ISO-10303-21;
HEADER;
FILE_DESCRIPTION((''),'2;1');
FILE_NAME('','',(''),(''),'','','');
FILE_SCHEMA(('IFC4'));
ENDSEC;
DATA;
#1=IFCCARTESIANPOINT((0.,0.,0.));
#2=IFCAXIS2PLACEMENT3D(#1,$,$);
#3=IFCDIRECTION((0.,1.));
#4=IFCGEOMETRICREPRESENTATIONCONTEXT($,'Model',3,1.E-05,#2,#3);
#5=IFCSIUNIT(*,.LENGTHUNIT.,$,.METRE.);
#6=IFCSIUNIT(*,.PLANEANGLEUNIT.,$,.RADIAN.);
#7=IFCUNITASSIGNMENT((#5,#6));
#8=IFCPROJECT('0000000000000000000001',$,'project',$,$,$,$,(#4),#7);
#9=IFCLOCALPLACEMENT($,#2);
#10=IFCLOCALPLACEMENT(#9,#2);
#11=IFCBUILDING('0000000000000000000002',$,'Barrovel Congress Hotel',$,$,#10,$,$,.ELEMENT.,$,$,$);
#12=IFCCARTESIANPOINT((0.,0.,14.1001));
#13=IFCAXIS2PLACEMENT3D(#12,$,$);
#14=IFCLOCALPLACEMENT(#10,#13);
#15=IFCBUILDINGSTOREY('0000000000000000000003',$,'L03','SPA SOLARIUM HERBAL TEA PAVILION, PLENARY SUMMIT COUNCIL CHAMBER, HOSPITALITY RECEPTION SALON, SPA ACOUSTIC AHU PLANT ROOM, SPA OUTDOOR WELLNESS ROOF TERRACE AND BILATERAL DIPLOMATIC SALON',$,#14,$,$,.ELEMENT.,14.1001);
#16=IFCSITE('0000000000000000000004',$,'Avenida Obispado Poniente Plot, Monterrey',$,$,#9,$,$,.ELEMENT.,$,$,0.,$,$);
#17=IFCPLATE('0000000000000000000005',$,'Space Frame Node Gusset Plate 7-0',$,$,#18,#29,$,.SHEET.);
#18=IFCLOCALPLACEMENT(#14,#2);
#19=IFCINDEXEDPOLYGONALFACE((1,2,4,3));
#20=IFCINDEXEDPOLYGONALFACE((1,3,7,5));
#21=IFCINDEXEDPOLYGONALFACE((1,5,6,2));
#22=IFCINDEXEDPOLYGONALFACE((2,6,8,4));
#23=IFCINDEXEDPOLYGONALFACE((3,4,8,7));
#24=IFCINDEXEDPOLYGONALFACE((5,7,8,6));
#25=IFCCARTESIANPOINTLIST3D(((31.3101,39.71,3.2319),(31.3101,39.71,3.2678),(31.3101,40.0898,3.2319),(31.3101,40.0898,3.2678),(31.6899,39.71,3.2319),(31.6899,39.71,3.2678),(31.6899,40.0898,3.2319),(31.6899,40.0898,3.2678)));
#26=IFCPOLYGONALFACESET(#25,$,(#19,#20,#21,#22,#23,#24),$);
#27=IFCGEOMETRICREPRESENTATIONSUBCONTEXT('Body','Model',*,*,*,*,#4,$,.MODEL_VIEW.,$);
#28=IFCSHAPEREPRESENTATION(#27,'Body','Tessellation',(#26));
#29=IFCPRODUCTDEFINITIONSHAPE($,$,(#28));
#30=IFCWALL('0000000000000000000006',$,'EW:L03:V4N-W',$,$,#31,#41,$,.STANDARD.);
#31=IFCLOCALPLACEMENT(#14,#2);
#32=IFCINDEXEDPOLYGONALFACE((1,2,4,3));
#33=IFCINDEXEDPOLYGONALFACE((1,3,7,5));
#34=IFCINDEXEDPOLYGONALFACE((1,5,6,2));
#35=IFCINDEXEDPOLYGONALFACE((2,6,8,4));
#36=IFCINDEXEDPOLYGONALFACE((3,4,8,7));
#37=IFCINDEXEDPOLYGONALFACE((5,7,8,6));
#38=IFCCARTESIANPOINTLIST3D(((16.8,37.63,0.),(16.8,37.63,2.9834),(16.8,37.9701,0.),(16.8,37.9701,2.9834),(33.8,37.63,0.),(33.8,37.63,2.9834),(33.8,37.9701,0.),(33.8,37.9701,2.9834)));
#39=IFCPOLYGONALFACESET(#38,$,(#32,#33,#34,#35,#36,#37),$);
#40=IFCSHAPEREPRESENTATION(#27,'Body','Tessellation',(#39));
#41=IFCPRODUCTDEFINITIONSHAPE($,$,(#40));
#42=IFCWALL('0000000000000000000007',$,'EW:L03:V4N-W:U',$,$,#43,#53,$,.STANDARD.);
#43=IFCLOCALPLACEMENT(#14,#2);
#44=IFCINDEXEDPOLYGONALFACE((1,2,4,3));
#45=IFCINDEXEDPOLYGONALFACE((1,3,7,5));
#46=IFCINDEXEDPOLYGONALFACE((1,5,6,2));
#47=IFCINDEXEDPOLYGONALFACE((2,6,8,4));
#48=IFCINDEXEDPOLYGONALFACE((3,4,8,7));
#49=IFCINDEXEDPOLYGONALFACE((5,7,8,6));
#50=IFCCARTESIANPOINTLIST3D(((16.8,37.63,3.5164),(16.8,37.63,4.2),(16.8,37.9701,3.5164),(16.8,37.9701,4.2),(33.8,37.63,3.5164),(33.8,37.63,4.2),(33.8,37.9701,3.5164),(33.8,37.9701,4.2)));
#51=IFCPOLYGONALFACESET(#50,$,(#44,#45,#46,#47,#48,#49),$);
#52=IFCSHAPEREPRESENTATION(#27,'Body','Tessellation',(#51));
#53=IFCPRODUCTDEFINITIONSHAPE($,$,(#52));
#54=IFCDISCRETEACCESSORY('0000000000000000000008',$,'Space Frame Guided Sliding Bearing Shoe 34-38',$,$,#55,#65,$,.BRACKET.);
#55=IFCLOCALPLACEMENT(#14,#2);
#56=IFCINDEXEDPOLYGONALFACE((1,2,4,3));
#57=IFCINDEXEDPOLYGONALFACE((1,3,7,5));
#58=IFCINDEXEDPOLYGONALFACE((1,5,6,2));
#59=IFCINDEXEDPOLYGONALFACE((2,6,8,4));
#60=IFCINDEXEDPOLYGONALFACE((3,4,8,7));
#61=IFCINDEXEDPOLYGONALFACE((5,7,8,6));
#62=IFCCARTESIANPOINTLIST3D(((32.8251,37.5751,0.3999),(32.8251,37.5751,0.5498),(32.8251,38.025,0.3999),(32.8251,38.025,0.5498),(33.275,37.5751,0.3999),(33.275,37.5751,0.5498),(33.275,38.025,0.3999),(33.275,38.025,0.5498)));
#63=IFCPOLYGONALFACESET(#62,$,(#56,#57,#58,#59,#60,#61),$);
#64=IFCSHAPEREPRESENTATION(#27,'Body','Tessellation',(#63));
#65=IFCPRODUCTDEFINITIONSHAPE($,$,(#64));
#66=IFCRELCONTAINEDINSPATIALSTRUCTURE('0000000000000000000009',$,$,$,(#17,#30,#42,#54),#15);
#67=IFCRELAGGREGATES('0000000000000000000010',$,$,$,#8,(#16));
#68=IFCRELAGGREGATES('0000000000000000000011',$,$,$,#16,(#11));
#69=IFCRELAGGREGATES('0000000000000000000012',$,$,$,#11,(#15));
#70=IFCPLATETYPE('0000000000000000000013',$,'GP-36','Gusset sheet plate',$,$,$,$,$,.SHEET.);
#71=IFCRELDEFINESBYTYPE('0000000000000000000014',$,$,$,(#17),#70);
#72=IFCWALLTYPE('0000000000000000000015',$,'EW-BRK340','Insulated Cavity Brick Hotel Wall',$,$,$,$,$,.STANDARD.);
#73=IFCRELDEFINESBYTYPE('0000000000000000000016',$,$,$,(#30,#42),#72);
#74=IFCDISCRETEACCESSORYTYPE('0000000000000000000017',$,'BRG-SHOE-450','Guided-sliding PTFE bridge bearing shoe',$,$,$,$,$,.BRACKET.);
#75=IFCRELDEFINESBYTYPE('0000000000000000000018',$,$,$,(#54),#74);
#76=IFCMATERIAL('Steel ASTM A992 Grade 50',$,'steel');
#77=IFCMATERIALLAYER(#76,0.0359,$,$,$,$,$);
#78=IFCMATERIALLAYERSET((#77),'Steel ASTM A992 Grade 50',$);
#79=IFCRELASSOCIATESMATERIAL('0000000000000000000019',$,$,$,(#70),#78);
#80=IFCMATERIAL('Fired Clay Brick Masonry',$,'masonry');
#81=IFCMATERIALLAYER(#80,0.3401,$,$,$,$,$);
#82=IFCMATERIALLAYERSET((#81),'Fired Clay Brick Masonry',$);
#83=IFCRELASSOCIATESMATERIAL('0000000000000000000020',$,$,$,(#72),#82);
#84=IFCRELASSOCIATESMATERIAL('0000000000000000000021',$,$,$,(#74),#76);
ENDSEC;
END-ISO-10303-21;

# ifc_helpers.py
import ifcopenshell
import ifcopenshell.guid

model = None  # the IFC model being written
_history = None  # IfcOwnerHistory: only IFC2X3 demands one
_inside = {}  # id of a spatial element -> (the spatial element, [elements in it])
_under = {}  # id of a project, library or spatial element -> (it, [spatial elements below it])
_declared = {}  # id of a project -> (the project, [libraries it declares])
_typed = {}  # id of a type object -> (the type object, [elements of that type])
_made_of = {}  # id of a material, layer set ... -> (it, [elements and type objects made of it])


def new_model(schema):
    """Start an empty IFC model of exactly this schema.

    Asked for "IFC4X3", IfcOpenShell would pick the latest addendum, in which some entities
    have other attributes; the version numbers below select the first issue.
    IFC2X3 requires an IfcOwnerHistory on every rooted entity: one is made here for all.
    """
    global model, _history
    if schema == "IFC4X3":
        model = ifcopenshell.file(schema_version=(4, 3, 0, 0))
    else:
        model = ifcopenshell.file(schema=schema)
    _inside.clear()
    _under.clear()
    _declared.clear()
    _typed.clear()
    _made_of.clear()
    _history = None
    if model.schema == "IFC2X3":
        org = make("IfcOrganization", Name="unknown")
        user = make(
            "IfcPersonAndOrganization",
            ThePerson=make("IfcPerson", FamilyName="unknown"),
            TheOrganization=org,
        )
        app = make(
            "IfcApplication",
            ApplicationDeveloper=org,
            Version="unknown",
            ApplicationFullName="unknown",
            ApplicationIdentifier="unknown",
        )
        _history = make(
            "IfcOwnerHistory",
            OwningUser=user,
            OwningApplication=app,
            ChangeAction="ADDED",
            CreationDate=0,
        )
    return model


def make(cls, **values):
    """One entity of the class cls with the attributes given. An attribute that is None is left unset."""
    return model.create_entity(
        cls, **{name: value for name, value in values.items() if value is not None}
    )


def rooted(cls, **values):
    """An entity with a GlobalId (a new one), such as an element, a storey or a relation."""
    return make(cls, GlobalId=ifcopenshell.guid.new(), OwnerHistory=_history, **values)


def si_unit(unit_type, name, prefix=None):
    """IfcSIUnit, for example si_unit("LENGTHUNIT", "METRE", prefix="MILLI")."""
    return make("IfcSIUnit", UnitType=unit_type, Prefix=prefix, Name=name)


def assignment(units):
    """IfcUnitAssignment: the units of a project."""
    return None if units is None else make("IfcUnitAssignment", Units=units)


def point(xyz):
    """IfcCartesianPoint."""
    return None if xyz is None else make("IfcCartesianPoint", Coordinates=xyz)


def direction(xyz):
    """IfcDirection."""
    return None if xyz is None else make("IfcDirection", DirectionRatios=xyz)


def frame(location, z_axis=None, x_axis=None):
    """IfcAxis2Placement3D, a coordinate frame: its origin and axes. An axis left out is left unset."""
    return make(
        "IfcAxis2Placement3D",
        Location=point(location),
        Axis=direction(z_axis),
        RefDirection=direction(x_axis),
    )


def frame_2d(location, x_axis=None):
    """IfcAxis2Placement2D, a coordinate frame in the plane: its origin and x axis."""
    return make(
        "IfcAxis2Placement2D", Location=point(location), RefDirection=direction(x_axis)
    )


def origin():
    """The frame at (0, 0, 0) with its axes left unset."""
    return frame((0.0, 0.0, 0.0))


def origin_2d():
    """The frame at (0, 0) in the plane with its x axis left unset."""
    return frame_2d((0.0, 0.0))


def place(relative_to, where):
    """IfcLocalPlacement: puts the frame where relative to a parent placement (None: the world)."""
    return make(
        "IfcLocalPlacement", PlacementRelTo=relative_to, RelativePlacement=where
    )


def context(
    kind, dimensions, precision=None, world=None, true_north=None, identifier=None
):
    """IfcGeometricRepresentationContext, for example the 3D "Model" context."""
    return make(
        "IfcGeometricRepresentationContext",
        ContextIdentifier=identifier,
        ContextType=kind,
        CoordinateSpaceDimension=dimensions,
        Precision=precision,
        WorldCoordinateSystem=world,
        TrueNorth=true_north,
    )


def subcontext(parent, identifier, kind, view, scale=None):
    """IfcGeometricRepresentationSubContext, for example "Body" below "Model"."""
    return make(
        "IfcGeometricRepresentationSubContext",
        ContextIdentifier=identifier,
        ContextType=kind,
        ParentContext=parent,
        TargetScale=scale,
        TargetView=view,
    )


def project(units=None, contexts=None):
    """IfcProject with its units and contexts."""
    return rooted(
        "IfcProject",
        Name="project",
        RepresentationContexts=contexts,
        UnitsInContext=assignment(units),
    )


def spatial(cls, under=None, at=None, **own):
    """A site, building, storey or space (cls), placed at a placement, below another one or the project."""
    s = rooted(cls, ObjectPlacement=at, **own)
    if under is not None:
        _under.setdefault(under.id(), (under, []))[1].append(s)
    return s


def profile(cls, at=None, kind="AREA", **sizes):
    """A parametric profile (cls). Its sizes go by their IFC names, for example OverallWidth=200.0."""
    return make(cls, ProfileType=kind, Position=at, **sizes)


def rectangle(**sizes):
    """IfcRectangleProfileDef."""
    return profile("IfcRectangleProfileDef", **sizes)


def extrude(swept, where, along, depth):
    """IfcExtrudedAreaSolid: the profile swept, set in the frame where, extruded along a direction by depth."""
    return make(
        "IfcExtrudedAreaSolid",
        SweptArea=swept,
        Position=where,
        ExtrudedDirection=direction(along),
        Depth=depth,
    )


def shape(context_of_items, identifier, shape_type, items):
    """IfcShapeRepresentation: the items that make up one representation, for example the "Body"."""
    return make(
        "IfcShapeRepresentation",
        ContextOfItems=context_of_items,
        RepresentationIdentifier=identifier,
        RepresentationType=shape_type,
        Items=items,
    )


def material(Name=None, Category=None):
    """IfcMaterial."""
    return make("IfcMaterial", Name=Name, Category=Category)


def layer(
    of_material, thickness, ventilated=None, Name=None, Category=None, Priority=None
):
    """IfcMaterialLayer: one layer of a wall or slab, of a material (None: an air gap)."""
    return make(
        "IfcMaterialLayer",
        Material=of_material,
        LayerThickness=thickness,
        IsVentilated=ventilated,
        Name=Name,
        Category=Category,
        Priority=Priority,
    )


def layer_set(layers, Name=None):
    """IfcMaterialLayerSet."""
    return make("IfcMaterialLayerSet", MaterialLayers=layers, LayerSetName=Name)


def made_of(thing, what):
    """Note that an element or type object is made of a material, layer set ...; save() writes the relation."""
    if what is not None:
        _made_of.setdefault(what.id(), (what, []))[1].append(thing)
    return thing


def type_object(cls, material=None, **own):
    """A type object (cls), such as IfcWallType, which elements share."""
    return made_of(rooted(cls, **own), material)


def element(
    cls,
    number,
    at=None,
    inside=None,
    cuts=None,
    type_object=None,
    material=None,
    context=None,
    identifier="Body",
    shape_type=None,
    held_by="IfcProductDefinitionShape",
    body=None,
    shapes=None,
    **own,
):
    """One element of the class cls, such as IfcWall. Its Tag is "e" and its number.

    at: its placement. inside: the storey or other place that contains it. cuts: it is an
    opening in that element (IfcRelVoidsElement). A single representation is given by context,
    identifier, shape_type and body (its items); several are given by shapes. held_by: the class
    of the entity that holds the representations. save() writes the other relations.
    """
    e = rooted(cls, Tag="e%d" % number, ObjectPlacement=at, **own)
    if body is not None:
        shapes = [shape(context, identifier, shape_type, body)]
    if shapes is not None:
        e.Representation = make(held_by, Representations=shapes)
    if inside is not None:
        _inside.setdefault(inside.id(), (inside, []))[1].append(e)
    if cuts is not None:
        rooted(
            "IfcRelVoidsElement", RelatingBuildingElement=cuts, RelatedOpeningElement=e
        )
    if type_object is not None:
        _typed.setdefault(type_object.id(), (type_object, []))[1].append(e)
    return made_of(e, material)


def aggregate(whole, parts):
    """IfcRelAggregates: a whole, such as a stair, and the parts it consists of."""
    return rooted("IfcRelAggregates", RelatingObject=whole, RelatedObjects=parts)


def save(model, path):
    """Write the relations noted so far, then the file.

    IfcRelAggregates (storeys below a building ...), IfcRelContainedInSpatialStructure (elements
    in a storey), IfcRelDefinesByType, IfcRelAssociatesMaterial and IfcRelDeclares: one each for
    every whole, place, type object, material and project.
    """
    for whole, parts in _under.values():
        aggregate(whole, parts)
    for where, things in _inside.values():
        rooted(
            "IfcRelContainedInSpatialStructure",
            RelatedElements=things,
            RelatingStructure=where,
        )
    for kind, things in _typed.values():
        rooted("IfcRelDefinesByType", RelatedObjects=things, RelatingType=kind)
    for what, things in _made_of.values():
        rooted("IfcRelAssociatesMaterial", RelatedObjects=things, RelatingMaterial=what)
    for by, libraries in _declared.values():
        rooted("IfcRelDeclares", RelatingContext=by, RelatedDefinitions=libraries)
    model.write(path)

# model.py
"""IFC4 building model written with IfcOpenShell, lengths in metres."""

from ifc_helpers import new_model, si_unit, direction, frame, frame_2d, origin, origin_2d, place, context, subcontext, project, spatial, rectangle, extrude, material, layer, layer_set, type_object, element, save


model = new_model("IFC4")

# Units and contexts
model_context = context("Model", 3, precision=1e-05, world=origin(), true_north=direction((0.0, 1.0)))
body_context = subcontext(model_context, "Body", "Model", "MODEL_VIEW")
ifc_project = project(units=[si_unit("LENGTHUNIT", "METRE"), si_unit("PLANEANGLEUNIT", "RADIAN")], contexts=[model_context])

# Site, building, storey
site_placement = place(None, origin())
site = spatial("IfcSite", under=ifc_project, at=site_placement, Name="Avenida Obispado Poniente Plot, Monterrey", CompositionType="ELEMENT", RefElevation=0.0)
building_placement = place(site_placement, origin())
building = spatial("IfcBuilding", under=site, at=building_placement, Name="Barrovel Congress Hotel", CompositionType="ELEMENT")
storey_placement = place(building_placement, frame((0.0, 0.0, 14.1001)))
storey = spatial("IfcBuildingStorey", under=building, at=storey_placement, Name="L03", Description="SPA SOLARIUM HERBAL TEA PAVILION, PLENARY SUMMIT COUNCIL CHAMBER, HOSPITALITY RECEPTION SALON, SPA ACOUSTIC AHU PLANT ROOM, SPA OUTDOOR WELLNESS ROOF TERRACE AND BILATERAL DIPLOMATIC SALON", CompositionType="ELEMENT", Elevation=14.1001)

# Shared definitions
ifc_material_1 = material(Name="Steel ASTM A992 Grade 50", Category="steel")

# Plate
ifc_layer_1 = layer(ifc_material_1, 0.0359)
ifc_layer_set_1 = layer_set([ifc_layer_1], Name="Steel ASTM A992 Grade 50")
plate_type_1 = type_object("IfcPlateType", Name="GP-36", Description="Gusset sheet plate", PredefinedType="SHEET", material=ifc_layer_set_1)
plate_1_placement = place(storey_placement, frame((31.5, 39.8999, 3.2319), z_axis=(0.0, 0.0, 1.0), x_axis=(1.0, 0.0, 0.0)))
element("IfcPlate", 1, at=plate_1_placement, inside=storey, type_object=plate_type_1, Name="Space Frame Node Gusset Plate 7-0", PredefinedType="SHEET", context=body_context, shape_type="SweptSolid", body=[
    extrude(rectangle(XDim=0.3799, YDim=0.3799, at=origin_2d()), origin(), (0.0, 0.0, 1.0), 0.0359),
])

# Walls
ifc_material_2 = material(Name="Fired Clay Brick Masonry", Category="masonry")
ifc_layer_2 = layer(ifc_material_2, 0.3401)
ifc_layer_set_2 = layer_set([ifc_layer_2], Name="Fired Clay Brick Masonry")
wall_type = type_object("IfcWallType", Name="EW-BRK340", Description="Insulated Cavity Brick Hotel Wall", PredefinedType="STANDARD", material=ifc_layer_set_2)
wall_1_placement = place(storey_placement, frame((33.8, 37.8, 0.0), z_axis=(0.0, 0.0, 1.0), x_axis=(-1.0, 0.0, 0.0)))
element("IfcWall", 2, at=wall_1_placement, inside=storey, type_object=wall_type, Name="EW:L03:V4N-W", PredefinedType="STANDARD", context=body_context, shape_type="SweptSolid", body=[
    extrude(rectangle(XDim=17.0, YDim=0.3401, at=frame_2d((8.5, 0.0))), origin(), (0.0, 0.0, 1.0), 2.9834),
])
wall_2_placement = place(storey_placement, frame((33.8, 37.8, 3.5164), z_axis=(0.0, 0.0, 1.0), x_axis=(-1.0, 0.0, 0.0)))
element("IfcWall", 3, at=wall_2_placement, inside=storey, type_object=wall_type, Name="EW:L03:V4N-W:U", PredefinedType="STANDARD", context=body_context, shape_type="SweptSolid", body=[
    extrude(rectangle(XDim=17.0, YDim=0.3401, at=frame_2d((8.5, 0.0))), origin(), (0.0, 0.0, 1.0), 0.6836),
])

# Discrete accessory
discrete_accessory_type = type_object("IfcDiscreteAccessoryType", Name="BRG-SHOE-450", Description="Guided-sliding PTFE bridge bearing shoe", PredefinedType="BRACKET", material=ifc_material_1)
discrete_accessory_placement = place(storey_placement, frame((33.05, 37.8, 0.3999), z_axis=(0.0, 0.0, 1.0), x_axis=(1.0, 0.0, 0.0)))
element("IfcDiscreteAccessory", 4, at=discrete_accessory_placement, inside=storey, type_object=discrete_accessory_type, Name="Space Frame Guided Sliding Bearing Shoe 34-38", PredefinedType="BRACKET", context=body_context, shape_type="SweptSolid", body=[
    extrude(rectangle(XDim=0.45, YDim=0.45, at=origin_2d()), origin(), (0.0, 0.0, 1.0), 0.1499),
])

save(model, "model.ifc")
